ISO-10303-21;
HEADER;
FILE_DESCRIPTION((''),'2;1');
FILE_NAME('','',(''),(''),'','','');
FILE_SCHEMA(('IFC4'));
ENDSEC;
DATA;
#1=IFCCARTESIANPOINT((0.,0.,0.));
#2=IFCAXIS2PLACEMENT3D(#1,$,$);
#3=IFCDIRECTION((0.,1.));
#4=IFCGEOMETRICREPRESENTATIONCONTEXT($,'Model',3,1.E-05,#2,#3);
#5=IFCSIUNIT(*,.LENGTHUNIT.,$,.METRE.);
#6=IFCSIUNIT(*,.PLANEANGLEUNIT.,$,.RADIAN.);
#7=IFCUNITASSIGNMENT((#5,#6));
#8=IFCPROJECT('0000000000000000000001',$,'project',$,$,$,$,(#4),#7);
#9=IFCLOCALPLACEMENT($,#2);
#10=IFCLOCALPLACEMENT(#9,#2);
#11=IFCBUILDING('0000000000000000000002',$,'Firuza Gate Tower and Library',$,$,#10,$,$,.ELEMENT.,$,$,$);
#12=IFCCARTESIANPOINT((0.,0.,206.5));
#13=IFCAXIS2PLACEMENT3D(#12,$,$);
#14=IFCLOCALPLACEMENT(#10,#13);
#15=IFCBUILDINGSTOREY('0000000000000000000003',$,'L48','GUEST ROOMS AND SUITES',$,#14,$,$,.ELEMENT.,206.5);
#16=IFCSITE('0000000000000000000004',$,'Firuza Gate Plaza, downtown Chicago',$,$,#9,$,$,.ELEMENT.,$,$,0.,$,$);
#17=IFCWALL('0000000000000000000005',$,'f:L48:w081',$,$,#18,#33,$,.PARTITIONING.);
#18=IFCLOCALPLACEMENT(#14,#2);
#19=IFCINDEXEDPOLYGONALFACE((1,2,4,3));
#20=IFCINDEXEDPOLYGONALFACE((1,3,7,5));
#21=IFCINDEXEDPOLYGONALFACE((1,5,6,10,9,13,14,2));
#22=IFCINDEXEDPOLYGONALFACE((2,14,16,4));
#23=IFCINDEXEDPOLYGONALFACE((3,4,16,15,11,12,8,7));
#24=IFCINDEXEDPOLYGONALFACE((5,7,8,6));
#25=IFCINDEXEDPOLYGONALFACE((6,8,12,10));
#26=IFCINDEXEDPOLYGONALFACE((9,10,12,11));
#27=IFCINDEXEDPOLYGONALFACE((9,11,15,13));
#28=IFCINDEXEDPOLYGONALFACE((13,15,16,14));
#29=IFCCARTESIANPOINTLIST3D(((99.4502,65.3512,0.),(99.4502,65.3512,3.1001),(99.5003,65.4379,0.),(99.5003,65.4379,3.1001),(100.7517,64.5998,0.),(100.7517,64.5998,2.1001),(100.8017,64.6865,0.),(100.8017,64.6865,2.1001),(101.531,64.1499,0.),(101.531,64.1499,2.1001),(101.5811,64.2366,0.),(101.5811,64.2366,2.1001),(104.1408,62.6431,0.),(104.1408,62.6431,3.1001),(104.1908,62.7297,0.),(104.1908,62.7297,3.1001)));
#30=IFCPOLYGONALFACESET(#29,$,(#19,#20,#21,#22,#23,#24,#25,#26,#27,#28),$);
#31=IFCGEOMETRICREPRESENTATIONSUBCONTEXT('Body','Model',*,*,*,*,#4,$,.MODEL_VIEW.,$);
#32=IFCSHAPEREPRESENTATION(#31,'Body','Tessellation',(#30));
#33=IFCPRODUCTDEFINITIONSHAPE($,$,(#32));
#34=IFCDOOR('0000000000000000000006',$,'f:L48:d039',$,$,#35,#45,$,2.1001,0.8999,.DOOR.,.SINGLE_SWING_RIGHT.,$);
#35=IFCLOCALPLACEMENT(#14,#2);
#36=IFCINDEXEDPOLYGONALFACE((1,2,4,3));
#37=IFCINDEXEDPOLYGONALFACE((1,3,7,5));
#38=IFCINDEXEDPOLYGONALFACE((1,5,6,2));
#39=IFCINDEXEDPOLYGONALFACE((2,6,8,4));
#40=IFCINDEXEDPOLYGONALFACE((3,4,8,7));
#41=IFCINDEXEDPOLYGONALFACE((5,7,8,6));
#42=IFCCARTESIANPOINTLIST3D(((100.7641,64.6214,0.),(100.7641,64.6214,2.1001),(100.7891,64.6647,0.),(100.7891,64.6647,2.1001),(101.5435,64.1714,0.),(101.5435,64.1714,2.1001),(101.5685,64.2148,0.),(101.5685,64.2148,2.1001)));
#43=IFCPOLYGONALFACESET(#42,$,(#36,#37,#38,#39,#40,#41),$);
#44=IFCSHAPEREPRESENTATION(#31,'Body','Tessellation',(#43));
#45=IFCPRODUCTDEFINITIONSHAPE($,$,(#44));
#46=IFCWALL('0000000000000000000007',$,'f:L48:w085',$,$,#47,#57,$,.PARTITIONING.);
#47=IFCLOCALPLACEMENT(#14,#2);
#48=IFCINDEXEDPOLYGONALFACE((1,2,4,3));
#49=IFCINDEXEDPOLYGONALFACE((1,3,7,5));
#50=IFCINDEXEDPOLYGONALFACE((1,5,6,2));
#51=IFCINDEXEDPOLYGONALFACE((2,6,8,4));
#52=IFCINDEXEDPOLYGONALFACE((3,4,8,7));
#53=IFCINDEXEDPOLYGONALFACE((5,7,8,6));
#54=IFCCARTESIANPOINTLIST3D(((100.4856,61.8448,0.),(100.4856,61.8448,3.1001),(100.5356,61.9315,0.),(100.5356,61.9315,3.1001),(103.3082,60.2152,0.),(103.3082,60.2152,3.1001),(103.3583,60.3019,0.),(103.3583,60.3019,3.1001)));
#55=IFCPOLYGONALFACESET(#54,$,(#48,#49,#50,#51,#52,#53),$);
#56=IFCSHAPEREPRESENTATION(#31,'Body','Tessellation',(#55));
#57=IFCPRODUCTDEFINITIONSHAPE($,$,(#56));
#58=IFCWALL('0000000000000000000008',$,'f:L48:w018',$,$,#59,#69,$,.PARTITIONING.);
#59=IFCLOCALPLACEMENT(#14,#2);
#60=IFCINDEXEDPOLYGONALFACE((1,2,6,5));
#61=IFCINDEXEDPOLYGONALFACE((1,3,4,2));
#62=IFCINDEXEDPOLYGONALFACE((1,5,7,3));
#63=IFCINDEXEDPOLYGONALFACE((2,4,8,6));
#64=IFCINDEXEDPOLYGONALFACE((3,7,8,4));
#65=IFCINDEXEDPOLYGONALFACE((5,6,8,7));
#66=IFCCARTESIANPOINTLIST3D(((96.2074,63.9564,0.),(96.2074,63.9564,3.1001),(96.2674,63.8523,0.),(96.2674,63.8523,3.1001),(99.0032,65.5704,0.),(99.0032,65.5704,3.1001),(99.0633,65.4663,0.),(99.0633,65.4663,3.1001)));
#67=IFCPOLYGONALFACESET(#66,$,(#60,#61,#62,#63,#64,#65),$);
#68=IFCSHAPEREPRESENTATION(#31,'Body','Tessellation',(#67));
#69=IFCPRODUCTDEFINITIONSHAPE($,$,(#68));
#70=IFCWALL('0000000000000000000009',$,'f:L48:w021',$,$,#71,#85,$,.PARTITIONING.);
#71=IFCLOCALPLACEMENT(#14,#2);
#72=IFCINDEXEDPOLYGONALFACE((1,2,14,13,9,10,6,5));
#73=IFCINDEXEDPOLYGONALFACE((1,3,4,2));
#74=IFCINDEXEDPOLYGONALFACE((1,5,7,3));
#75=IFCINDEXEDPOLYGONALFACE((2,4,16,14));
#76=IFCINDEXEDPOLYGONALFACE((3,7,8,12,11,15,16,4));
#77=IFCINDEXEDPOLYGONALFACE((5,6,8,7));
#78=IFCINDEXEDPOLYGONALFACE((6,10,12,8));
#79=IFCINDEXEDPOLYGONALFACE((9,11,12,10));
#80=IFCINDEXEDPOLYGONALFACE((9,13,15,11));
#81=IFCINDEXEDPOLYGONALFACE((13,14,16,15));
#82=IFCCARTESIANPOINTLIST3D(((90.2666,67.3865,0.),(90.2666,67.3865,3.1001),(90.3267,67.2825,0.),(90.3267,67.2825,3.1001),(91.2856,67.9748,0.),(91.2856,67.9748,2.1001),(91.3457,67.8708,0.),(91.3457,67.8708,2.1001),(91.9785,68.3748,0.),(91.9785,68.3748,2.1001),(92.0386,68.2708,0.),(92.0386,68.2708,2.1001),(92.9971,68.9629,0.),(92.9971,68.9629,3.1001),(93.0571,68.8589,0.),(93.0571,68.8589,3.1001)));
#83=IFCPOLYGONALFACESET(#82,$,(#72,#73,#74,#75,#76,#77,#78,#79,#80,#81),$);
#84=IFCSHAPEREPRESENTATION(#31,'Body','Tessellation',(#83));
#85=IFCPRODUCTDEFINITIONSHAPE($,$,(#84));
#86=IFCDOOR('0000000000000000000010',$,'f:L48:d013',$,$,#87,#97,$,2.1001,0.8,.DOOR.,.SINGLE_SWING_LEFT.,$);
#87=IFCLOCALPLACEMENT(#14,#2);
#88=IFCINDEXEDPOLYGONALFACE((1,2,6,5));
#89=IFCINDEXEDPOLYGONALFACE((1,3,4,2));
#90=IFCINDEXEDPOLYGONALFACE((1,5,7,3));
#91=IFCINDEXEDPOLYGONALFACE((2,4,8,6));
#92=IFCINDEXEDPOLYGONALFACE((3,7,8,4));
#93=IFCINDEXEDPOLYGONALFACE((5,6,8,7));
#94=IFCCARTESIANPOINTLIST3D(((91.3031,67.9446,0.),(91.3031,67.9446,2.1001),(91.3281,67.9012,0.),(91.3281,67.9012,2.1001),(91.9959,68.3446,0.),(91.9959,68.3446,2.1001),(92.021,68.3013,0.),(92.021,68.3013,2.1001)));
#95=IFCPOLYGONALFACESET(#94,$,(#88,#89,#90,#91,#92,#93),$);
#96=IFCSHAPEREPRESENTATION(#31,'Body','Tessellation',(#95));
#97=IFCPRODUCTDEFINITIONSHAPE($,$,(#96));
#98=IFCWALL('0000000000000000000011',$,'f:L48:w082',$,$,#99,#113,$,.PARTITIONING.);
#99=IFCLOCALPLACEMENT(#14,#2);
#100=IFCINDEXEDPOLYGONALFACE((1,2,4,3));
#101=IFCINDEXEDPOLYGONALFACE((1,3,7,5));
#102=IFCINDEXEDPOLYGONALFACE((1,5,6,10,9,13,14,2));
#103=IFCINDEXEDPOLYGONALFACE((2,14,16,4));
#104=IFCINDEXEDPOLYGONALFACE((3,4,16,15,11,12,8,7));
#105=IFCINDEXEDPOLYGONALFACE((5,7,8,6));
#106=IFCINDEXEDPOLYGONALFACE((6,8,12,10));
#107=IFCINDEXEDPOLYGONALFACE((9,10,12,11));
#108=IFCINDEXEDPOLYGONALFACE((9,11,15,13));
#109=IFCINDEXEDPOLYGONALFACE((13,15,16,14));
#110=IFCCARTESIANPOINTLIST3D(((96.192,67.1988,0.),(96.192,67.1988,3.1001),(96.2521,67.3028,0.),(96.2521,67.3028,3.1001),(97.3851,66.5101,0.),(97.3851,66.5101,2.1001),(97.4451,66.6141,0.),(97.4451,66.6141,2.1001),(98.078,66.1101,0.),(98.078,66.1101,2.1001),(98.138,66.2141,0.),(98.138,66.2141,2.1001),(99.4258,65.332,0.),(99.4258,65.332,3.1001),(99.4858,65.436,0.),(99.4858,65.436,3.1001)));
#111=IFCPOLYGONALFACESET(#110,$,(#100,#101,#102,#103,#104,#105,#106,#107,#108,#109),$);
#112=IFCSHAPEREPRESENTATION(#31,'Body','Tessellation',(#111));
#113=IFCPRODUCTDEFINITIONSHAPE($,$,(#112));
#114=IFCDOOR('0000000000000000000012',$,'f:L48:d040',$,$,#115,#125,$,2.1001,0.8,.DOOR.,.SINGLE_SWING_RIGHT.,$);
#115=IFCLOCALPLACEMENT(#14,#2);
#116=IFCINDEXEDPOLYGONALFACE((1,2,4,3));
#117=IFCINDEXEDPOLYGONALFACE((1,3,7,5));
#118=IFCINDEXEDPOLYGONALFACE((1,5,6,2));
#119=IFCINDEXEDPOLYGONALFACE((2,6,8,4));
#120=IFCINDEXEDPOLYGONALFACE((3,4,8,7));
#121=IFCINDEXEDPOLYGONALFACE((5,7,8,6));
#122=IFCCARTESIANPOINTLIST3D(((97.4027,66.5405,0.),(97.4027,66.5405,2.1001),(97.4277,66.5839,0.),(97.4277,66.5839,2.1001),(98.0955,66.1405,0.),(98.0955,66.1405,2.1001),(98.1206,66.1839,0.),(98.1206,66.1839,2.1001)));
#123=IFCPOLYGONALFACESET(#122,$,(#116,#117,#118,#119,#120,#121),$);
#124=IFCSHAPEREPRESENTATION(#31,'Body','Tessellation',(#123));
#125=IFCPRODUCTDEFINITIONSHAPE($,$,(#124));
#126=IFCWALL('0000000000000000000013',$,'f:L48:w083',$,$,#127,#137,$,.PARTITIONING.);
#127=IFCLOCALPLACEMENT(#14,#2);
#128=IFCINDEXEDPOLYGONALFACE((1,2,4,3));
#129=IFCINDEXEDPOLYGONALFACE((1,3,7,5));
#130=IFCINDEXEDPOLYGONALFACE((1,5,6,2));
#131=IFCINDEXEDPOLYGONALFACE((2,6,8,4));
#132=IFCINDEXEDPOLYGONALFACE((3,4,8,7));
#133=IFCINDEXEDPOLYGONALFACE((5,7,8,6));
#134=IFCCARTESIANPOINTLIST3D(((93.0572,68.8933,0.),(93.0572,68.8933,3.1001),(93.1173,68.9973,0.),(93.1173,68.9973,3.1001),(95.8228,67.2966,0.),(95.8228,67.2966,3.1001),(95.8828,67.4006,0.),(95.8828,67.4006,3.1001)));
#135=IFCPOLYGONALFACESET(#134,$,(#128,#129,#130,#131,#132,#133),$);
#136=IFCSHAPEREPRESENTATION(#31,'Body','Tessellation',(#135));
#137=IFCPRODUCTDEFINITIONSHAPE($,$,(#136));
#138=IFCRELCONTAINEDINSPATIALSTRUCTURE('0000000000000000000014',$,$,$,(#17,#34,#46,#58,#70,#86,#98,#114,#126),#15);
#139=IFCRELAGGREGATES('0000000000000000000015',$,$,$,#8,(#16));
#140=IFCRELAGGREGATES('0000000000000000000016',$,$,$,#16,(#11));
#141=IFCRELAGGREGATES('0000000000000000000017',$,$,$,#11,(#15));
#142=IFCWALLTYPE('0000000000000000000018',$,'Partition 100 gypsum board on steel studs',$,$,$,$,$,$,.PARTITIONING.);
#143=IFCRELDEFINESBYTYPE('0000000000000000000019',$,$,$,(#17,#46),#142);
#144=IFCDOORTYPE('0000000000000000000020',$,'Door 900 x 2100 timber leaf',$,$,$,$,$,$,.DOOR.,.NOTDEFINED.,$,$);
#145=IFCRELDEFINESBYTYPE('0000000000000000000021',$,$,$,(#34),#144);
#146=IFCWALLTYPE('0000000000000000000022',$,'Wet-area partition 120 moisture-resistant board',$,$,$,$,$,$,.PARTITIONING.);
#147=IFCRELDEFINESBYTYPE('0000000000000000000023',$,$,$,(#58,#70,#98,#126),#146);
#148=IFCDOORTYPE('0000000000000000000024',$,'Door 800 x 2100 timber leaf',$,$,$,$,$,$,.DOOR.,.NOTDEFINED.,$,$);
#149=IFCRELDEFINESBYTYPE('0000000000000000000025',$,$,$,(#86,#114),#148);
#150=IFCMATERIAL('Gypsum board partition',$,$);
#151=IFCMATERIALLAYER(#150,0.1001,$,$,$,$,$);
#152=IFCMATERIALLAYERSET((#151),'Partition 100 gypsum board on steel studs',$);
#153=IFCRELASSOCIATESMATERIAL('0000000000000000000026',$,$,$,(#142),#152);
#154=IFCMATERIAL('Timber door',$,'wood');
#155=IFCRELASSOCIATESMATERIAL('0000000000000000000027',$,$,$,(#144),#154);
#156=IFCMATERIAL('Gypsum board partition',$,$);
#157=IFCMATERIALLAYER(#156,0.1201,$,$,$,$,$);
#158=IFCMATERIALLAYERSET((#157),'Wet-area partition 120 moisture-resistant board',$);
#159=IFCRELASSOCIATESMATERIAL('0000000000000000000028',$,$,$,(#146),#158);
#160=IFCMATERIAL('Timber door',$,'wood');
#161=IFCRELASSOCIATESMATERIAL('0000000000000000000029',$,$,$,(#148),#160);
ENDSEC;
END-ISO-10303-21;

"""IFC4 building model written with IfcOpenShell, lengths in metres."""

from ifc_helpers import new_model, si_unit, direction, frame, frame_2d, origin, place, context, subcontext, project, spatial, rectangle, extrude, material, layer, layer_set, type_object, element, fill, save


model = new_model("IFC4")

# Units and contexts
model_context = context("Model", 3, precision=1e-05, world=origin(), true_north=direction((0.0, 1.0)))
body_context = subcontext(model_context, "Body", "Model", "MODEL_VIEW")
ifc_project = project(units=[si_unit("LENGTHUNIT", "METRE"), si_unit("PLANEANGLEUNIT", "RADIAN")], contexts=[model_context])

# Site, building, storey
site_placement = place(None, origin())
site = spatial("IfcSite", under=ifc_project, at=site_placement, Name="Firuza Gate Plaza, downtown Chicago", CompositionType="ELEMENT", RefElevation=0.0)
building_placement = place(site_placement, origin())
building = spatial("IfcBuilding", under=site, at=building_placement, Name="Firuza Gate Tower and Library", CompositionType="ELEMENT")
storey_placement = place(building_placement, frame((0.0, 0.0, 206.5)))
storey = spatial("IfcBuildingStorey", under=building, at=storey_placement, Name="L48", Description="GUEST ROOMS AND SUITES", CompositionType="ELEMENT", Elevation=206.5)

# Wall, opening, door
ifc_material_1 = material(Name="Gypsum board partition")
ifc_layer_1 = layer(ifc_material_1, 0.1001)
ifc_layer_set_1 = layer_set([ifc_layer_1], Name="Partition 100 gypsum board on steel studs")
wall_type_1 = type_object("IfcWallType", Name="Partition 100 gypsum board on steel studs", PredefinedType="PARTITIONING", material=ifc_layer_set_1)
wall_1_placement = place(storey_placement, frame((99.4753, 65.3945, 0.0), z_axis=(0.0, 0.0, 1.0), x_axis=(0.866018, -0.500012, 0.0)))
wall_1 = element("IfcWall", 1, at=wall_1_placement, inside=storey, type_object=wall_type_1, Name="f:L48:w081", PredefinedType="PARTITIONING", context=body_context, shape_type="SweptSolid", body=[
    extrude(rectangle(XDim=5.4163, YDim=0.1001, at=frame_2d((2.708, 0.0))), origin(), (0.0, 0.0, 1.0), 3.1001),
])
opening_1_placement = place(wall_1_placement, frame((1.5027, 0.0, 0.0)))
opening_1 = element("IfcOpeningElement", 2, at=opening_1_placement, cuts=wall_1, PredefinedType="OPENING", context=body_context, shape_type="SweptSolid", body=[
    extrude(rectangle(XDim=0.8999, YDim=2.1001, at=frame_2d((0.45, 1.05))), frame((0.0, 0.0601, 0.0), z_axis=(0.0, -1.0, 0.0), x_axis=(1.0, 0.0, 0.0)), (0.0, 0.0, 1.0), 0.1201),
])
ifc_material_2 = material(Name="Timber door", Category="wood")
door_type_1 = type_object("IfcDoorType", Name="Door 900 x 2100 timber leaf", OperationType="NOTDEFINED", PredefinedType="DOOR", material=ifc_material_2)
door_1_placement = place(opening_1_placement, origin())
door_1 = element("IfcDoor", 3, at=door_1_placement, inside=storey, type_object=door_type_1, Name="f:L48:d039", OperationType="SINGLE_SWING_RIGHT", OverallHeight=2.1001, OverallWidth=0.8999, PredefinedType="DOOR", context=body_context, shape_type="SweptSolid", body=[
    extrude(rectangle(XDim=0.8999, YDim=2.1001, at=frame_2d((0.45, 1.05))), frame((0.0, 0.0249, 0.0), z_axis=(0.0, -1.0, 0.0), x_axis=(1.0, 0.0, 0.0)), (0.0, 0.0, 1.0), 0.05),
])
fill(opening_1, door_1)

# Walls
wall_2_placement = place(storey_placement, frame((103.3333, 60.2585, 0.0), z_axis=(0.0, 0.0, 1.0), x_axis=(-0.866036, 0.499982, 0.0)))
element("IfcWall", 4, at=wall_2_placement, inside=storey, type_object=wall_type_1, Name="f:L48:w085", PredefinedType="PARTITIONING", context=body_context, shape_type="SweptSolid", body=[
    extrude(rectangle(XDim=3.2593, YDim=0.1001, at=frame_2d((1.6296, 0.0))), origin(), (0.0, 0.0, 1.0), 3.1001),
])
ifc_material_3 = material(Name="Gypsum board partition")
ifc_layer_2 = layer(ifc_material_3, 0.1201)
ifc_layer_set_2 = layer_set([ifc_layer_2], Name="Wet-area partition 120 moisture-resistant board")
wall_type_2 = type_object("IfcWallType", Name="Wet-area partition 120 moisture-resistant board", PredefinedType="PARTITIONING", material=ifc_layer_set_2)
wall_3_placement = place(storey_placement, frame((96.2373, 63.9043, 0.0), z_axis=(0.0, 0.0, 1.0), x_axis=(0.866052, 0.499954, 0.0)))
element("IfcWall", 5, at=wall_3_placement, inside=storey, type_object=wall_type_2, Name="f:L48:w018", PredefinedType="PARTITIONING", context=body_context, shape_type="SweptSolid", body=[
    extrude(rectangle(XDim=3.2283, YDim=0.1201, at=frame_2d((1.6143, 0.0))), origin(), (0.0, 0.0, 1.0), 3.1001),
])

# Walls, openings, doors
wall_4_placement = place(storey_placement, frame((93.0271, 68.9109, 0.0), z_axis=(0.0, 0.0, 1.0), x_axis=(-0.866028, -0.499995, 0.0)))
wall_4 = element("IfcWall", 6, at=wall_4_placement, inside=storey, type_object=wall_type_2, Name="f:L48:w021", PredefinedType="PARTITIONING", context=body_context, shape_type="SweptSolid", body=[
    extrude(rectangle(XDim=3.1528, YDim=0.1201, at=frame_2d((1.5764, 0.0))), origin(), (0.0, 0.0, 1.0), 3.1001),
])
opening_2_placement = place(wall_4_placement, frame((1.1763, 0.0, 0.0)))
opening_2 = element("IfcOpeningElement", 7, at=opening_2_placement, cuts=wall_4, PredefinedType="OPENING", context=body_context, shape_type="SweptSolid", body=[
    extrude(rectangle(XDim=0.8, YDim=2.1001, at=frame_2d((0.3999, 1.05))), frame((0.0, 0.0701, 0.0), z_axis=(0.0, -1.0, 0.0), x_axis=(1.0, 0.0, 0.0)), (0.0, 0.0, 1.0), 0.1401),
])
ifc_material_4 = material(Name="Timber door", Category="wood")
door_type_2 = type_object("IfcDoorType", Name="Door 800 x 2100 timber leaf", OperationType="NOTDEFINED", PredefinedType="DOOR", material=ifc_material_4)
door_2_placement = place(opening_2_placement, origin())
door_2 = element("IfcDoor", 8, at=door_2_placement, inside=storey, type_object=door_type_2, Name="f:L48:d013", OperationType="SINGLE_SWING_LEFT", OverallHeight=2.1001, OverallWidth=0.8, PredefinedType="DOOR", context=body_context, shape_type="SweptSolid", body=[
    extrude(rectangle(XDim=0.8, YDim=2.1001, at=frame_2d((0.3999, 1.05))), frame((0.0, 0.0249, 0.0), z_axis=(0.0, -1.0, 0.0), x_axis=(1.0, 0.0, 0.0)), (0.0, 0.0, 1.0), 0.05),
])
fill(opening_2, door_2)
wall_5_placement = place(storey_placement, frame((99.4558, 65.384, 0.0), z_axis=(0.0, 0.0, 1.0), x_axis=(-0.866054, 0.499951, 0.0)))
wall_5 = element("IfcWall", 9, at=wall_5_placement, inside=storey, type_object=wall_type_2, Name="f:L48:w082", PredefinedType="PARTITIONING", context=body_context, shape_type="SweptSolid", body=[
    extrude(rectangle(XDim=3.7339, YDim=0.1201, at=frame_2d((1.8669, 0.0))), origin(), (0.0, 0.0, 1.0), 3.1001),
])
opening_3_placement = place(wall_5_placement, frame((1.5564, 0.0, 0.0)))
opening_3 = element("IfcOpeningElement", 10, at=opening_3_placement, cuts=wall_5, PredefinedType="OPENING", context=body_context, shape_type="SweptSolid", body=[
    extrude(rectangle(XDim=0.8, YDim=2.1001, at=frame_2d((0.3999, 1.05))), frame((0.0, 0.0701, 0.0), z_axis=(0.0, -1.0, 0.0), x_axis=(1.0, 0.0, 0.0)), (0.0, 0.0, 1.0), 0.1401),
])
door_3_placement = place(opening_3_placement, origin())
door_3 = element("IfcDoor", 11, at=door_3_placement, inside=storey, type_object=door_type_2, Name="f:L48:d040", OperationType="SINGLE_SWING_RIGHT", OverallHeight=2.1001, OverallWidth=0.8, PredefinedType="DOOR", context=body_context, shape_type="SweptSolid", body=[
    extrude(rectangle(XDim=0.8, YDim=2.1001, at=frame_2d((0.3999, 1.05))), frame((0.0, 0.0249, 0.0), z_axis=(0.0, -1.0, 0.0), x_axis=(1.0, 0.0, 0.0)), (0.0, 0.0, 1.0), 0.05),
])
fill(opening_3, door_3)

# Wall
wall_6_placement = place(storey_placement, frame((95.8528, 67.3486, 0.0), z_axis=(0.0, 0.0, 1.0), x_axis=(-0.866033, 0.499987, 0.0)))
element("IfcWall", 12, at=wall_6_placement, inside=storey, type_object=wall_type_2, Name="f:L48:w083", PredefinedType="PARTITIONING", context=body_context, shape_type="SweptSolid", body=[
    extrude(rectangle(XDim=3.1934, YDim=0.1201, at=frame_2d((1.5967, 0.0))), origin(), (0.0, 0.0, 1.0), 3.1001),
])

save(model, "model.ifc")
